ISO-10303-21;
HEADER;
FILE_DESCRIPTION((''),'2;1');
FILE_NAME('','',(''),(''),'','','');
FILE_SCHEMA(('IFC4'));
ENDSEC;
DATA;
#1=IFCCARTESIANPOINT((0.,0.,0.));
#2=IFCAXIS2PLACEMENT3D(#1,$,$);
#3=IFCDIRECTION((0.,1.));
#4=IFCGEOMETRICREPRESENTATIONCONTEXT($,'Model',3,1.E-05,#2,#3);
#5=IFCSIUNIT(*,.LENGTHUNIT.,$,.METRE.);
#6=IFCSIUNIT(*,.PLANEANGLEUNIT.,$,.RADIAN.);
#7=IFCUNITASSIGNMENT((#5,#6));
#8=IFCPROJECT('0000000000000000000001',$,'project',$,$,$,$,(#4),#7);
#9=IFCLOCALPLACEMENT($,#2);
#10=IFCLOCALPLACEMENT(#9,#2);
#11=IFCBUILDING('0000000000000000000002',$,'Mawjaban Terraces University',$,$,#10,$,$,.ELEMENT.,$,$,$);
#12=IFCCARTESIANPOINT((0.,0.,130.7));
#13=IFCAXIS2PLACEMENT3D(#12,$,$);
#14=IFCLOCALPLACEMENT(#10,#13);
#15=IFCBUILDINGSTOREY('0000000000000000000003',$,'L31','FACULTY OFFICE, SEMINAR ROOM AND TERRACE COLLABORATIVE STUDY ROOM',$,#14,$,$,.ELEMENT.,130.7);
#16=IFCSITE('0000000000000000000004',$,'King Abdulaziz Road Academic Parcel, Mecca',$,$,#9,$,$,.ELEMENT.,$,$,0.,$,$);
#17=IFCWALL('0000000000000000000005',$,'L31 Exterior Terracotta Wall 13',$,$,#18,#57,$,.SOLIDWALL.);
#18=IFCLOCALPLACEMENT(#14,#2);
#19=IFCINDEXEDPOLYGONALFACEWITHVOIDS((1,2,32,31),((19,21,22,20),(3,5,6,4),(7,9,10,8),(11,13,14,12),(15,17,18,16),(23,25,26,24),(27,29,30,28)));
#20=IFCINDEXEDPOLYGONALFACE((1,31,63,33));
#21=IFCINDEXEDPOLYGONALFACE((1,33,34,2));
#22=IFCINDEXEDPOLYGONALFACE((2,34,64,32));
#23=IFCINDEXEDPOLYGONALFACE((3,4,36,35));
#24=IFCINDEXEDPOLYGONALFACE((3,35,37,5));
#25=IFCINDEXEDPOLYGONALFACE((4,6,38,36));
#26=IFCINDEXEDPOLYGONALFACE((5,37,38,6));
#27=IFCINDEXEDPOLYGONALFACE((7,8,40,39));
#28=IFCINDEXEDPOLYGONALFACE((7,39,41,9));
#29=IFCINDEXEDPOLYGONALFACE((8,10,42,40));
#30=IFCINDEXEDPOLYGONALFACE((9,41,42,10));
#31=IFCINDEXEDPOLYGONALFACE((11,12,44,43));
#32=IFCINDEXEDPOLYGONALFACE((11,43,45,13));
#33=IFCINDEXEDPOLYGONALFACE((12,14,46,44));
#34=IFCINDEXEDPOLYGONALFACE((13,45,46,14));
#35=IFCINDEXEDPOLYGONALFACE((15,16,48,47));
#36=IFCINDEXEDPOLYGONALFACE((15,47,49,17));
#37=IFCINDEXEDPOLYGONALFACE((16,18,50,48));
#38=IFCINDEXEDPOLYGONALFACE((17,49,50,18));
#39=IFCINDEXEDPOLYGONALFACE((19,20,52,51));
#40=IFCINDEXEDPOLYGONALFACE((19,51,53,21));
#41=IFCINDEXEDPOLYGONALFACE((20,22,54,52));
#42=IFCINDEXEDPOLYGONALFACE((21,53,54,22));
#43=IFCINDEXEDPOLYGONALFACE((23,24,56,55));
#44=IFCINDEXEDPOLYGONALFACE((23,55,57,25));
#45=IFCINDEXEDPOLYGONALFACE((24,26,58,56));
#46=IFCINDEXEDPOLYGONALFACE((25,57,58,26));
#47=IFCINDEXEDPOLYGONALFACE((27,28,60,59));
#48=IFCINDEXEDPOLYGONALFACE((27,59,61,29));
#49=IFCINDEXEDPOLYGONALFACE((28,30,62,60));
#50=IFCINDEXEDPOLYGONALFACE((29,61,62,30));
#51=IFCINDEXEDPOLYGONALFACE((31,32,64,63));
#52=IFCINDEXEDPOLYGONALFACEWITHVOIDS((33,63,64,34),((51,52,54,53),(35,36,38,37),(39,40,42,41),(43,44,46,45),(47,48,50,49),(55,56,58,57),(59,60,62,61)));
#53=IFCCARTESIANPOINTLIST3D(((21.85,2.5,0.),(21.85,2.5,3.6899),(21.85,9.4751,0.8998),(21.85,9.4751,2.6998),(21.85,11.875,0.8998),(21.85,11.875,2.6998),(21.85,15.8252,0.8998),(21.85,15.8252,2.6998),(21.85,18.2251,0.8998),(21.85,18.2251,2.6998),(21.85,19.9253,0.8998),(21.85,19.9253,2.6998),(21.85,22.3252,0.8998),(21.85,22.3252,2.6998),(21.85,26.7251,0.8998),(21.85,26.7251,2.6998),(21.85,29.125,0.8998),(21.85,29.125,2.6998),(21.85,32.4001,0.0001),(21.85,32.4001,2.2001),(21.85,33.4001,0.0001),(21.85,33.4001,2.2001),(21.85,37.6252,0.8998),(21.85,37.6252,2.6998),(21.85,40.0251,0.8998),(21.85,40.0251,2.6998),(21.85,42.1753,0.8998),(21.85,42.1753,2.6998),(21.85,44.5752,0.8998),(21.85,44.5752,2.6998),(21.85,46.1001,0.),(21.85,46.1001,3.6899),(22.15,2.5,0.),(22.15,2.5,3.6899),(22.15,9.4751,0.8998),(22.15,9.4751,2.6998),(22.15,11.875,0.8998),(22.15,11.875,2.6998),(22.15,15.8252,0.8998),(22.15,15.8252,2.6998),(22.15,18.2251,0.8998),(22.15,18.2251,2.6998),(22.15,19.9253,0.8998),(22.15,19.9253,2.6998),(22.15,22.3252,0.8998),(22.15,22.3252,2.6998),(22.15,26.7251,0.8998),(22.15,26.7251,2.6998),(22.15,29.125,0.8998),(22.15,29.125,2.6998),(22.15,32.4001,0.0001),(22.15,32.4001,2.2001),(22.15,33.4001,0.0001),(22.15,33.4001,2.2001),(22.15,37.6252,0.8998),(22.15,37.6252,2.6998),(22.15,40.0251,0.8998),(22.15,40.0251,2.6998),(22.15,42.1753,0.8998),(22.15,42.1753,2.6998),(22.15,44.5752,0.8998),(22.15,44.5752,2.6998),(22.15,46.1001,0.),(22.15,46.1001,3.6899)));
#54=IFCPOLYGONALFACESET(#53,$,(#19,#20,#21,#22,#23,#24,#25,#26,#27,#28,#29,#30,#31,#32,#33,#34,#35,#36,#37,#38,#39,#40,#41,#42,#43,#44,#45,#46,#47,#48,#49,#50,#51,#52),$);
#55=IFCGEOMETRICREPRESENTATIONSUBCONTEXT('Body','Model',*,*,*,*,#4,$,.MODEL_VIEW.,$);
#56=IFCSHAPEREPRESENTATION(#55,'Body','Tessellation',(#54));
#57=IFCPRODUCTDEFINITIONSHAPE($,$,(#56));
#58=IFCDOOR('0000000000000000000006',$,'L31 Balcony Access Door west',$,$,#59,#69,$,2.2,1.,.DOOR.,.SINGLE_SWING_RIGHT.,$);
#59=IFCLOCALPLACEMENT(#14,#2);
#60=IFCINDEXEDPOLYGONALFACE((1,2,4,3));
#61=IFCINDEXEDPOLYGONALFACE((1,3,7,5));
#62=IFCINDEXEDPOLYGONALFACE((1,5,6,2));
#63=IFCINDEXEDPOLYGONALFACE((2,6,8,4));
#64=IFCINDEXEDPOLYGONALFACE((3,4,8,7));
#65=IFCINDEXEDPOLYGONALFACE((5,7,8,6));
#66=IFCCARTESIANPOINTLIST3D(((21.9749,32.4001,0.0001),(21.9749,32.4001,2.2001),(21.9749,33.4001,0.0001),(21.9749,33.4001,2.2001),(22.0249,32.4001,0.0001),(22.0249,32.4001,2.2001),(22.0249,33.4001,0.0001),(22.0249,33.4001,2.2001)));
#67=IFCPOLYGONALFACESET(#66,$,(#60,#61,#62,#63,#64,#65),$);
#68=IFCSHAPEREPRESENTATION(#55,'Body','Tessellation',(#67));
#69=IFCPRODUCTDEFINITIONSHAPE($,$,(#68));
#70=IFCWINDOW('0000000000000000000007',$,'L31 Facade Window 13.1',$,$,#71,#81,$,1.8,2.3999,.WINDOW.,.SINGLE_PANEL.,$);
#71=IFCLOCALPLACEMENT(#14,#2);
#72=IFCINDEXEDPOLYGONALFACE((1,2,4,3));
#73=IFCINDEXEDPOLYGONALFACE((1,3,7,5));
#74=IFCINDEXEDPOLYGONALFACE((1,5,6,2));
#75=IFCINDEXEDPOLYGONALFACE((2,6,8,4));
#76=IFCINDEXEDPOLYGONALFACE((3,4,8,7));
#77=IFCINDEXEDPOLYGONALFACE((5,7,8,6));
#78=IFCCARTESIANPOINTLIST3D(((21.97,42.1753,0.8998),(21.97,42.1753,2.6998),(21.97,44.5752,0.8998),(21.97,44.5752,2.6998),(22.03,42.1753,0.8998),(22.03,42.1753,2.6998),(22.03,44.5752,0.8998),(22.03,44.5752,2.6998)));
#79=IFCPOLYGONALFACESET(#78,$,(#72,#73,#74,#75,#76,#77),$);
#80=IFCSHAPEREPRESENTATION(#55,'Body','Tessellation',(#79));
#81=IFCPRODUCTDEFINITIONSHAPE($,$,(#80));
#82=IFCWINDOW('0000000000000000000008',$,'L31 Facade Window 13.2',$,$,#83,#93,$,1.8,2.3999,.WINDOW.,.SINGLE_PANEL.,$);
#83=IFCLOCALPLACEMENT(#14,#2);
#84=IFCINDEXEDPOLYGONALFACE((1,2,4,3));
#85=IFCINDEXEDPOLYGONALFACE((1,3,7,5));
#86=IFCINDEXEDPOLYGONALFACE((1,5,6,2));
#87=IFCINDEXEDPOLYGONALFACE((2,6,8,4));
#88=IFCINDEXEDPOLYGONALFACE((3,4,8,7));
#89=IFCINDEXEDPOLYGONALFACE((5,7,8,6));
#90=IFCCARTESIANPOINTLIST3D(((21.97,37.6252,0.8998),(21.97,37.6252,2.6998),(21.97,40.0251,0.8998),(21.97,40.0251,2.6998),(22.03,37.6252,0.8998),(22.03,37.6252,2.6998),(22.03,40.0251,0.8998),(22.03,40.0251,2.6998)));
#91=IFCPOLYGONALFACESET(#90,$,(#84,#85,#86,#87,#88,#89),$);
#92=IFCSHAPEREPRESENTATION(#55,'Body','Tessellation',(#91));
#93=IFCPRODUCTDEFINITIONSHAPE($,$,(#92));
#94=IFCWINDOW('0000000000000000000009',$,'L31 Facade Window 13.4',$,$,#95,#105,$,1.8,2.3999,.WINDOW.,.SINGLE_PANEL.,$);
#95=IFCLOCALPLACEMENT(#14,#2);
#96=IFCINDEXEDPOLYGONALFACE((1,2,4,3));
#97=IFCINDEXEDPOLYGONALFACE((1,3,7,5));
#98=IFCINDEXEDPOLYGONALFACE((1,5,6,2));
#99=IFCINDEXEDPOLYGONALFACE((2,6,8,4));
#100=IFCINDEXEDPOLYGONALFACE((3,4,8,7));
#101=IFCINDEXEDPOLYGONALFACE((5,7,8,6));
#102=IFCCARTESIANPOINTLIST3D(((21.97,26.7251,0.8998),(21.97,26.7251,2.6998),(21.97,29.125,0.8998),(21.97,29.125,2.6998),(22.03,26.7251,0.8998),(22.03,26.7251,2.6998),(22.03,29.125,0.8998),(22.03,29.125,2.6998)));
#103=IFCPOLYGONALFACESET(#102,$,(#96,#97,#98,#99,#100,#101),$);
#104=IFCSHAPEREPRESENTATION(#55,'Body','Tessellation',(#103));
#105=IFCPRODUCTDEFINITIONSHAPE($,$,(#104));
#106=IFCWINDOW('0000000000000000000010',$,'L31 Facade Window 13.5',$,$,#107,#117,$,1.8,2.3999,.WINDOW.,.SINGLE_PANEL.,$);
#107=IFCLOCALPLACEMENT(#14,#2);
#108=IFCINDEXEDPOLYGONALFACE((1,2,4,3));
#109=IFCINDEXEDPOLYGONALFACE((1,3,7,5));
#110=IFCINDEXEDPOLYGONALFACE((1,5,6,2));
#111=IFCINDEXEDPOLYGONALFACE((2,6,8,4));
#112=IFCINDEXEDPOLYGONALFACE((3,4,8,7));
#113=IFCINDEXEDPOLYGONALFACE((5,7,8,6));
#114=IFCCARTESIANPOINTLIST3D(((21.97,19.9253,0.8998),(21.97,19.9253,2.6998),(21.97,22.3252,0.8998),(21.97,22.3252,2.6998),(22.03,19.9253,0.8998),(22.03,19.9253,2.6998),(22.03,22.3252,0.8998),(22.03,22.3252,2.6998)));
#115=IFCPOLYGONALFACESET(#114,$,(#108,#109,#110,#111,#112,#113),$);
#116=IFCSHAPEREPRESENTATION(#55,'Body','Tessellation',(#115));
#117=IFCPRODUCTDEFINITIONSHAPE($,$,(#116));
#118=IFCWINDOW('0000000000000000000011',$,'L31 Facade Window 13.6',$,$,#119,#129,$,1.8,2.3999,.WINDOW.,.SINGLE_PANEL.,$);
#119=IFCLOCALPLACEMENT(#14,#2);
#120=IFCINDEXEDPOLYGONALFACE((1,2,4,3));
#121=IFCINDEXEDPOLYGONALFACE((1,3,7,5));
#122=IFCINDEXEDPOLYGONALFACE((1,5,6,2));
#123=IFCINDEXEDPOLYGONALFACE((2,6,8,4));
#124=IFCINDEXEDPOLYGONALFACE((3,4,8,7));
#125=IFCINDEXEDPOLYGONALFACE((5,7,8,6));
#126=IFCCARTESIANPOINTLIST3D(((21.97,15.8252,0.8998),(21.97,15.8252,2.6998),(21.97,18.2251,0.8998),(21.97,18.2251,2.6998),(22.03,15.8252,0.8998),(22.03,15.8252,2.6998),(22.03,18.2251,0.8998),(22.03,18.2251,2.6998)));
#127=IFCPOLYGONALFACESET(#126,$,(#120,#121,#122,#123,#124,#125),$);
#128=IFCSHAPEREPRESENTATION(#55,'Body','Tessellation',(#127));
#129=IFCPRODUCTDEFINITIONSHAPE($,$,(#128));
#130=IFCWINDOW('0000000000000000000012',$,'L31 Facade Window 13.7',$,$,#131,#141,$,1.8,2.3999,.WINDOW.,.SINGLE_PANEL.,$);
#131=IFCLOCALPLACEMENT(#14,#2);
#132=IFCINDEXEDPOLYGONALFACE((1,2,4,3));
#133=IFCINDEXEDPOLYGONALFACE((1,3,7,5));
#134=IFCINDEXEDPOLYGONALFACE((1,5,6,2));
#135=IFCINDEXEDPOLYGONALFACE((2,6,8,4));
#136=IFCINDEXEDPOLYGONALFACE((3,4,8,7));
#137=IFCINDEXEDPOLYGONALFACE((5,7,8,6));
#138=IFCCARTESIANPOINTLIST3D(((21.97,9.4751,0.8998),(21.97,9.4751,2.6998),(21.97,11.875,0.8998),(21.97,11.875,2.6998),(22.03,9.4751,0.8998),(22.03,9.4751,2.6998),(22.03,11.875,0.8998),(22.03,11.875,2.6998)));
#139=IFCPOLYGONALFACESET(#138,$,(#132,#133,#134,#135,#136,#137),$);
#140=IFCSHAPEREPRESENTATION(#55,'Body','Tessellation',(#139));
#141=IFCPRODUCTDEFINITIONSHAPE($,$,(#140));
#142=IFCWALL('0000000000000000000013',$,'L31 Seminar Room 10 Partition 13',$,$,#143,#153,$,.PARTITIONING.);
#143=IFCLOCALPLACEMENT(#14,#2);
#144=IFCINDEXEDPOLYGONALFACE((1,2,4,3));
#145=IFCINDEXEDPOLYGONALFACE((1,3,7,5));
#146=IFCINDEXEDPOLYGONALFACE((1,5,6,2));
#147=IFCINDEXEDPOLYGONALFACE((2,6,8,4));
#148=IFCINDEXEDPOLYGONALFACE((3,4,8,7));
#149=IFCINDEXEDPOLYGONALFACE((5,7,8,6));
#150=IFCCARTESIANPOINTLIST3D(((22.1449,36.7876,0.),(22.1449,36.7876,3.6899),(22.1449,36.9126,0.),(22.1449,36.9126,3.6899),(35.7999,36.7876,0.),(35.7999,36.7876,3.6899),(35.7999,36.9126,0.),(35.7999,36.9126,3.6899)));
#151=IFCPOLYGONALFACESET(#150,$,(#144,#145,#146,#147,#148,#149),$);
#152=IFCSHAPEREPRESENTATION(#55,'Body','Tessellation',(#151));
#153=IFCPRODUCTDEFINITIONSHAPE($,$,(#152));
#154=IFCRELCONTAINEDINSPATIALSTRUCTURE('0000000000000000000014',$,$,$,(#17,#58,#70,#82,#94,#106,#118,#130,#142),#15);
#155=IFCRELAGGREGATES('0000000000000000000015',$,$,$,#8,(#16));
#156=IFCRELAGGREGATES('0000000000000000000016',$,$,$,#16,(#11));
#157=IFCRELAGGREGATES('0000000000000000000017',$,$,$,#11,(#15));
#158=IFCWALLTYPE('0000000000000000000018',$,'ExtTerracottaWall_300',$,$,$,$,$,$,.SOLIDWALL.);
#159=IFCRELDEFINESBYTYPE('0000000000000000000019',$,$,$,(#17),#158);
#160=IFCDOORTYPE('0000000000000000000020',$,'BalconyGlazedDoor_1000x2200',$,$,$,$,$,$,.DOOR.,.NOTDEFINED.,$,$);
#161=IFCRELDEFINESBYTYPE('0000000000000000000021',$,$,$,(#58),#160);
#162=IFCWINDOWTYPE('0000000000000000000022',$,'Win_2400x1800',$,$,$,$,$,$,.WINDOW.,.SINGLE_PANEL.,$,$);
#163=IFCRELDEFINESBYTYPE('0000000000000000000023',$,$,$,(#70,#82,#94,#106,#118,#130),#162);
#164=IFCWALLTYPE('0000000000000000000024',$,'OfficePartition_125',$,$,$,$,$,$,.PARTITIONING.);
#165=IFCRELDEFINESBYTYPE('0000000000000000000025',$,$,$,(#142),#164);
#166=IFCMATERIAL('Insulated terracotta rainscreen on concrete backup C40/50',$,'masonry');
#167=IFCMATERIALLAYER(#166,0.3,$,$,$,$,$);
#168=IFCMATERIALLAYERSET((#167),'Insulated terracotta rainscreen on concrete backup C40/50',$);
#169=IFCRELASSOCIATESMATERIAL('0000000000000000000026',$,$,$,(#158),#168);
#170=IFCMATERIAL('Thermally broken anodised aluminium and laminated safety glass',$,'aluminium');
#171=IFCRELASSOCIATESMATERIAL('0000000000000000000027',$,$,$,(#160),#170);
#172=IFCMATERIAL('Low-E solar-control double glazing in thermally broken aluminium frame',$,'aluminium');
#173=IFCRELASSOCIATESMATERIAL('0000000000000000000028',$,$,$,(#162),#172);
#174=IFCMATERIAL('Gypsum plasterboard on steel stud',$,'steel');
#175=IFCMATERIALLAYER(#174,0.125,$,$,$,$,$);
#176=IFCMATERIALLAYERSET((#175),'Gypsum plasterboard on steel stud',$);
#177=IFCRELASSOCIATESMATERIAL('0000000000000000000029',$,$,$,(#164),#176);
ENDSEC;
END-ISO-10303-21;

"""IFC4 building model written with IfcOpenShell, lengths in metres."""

from ifc_helpers import new_model, si_unit, direction, frame, frame_2d, origin, place, context, subcontext, project, spatial, rectangle, extrude, material, layer, layer_set, type_object, element, fill, save


model = new_model("IFC4")

# Units and contexts
model_context = context("Model", 3, precision=1e-05, world=origin(), true_north=direction((0.0, 1.0)))
body_context = subcontext(model_context, "Body", "Model", "MODEL_VIEW")
ifc_project = project(units=[si_unit("LENGTHUNIT", "METRE"), si_unit("PLANEANGLEUNIT", "RADIAN")], contexts=[model_context])

# Site, building, storey
site_placement = place(None, origin())
site = spatial("IfcSite", under=ifc_project, at=site_placement, Name="King Abdulaziz Road Academic Parcel, Mecca", CompositionType="ELEMENT", RefElevation=0.0)
building_placement = place(site_placement, origin())
building = spatial("IfcBuilding", under=site, at=building_placement, Name="Mawjaban Terraces University", CompositionType="ELEMENT")
storey_placement = place(building_placement, frame((0.0, 0.0, 130.7)))
storey = spatial("IfcBuildingStorey", under=building, at=storey_placement, Name="L31", Description="FACULTY OFFICE, SEMINAR ROOM AND TERRACE COLLABORATIVE STUDY ROOM", CompositionType="ELEMENT", Elevation=130.7)

# Shared definitions
ifc_material_1 = material(Name="Insulated terracotta rainscreen on concrete backup C40/50", Category="masonry")
ifc_layer_1 = layer(ifc_material_1, 0.3)
ifc_layer_set_1 = layer_set([ifc_layer_1], Name="Insulated terracotta rainscreen on concrete backup C40/50")
wall_type_1 = type_object("IfcWallType", Name="ExtTerracottaWall_300", PredefinedType="SOLIDWALL", material=ifc_layer_set_1)
ifc_material_2 = material(Name="Low-E solar-control double glazing in thermally broken aluminium frame", Category="aluminium")

# Wall, openings, door, windows
wall_1_placement = place(storey_placement, frame((22.0, 46.1001, 0.0), z_axis=(0.0, 0.0, 1.0), x_axis=(0.0, -1.0, 0.0)))
wall_1 = element("IfcWall", 1, at=wall_1_placement, inside=storey, type_object=wall_type_1, Name="L31 Exterior Terracotta Wall 13", PredefinedType="SOLIDWALL", context=body_context, shape_type="SweptSolid", body=[
    extrude(rectangle(XDim=43.6001, YDim=0.3, at=frame_2d((21.8, 0.0))), origin(), (0.0, 0.0, 1.0), 3.6899),
])
opening_1_placement = place(wall_1_placement, frame((12.7, 0.0, 0.0)))
opening_1 = element("IfcOpeningElement", 2, at=opening_1_placement, cuts=wall_1, PredefinedType="OPENING", context=body_context, shape_type="SweptSolid", body=[
    extrude(rectangle(XDim=1.0, YDim=2.2, at=frame_2d((0.5, 1.1001))), frame((0.0, 0.1599, 0.0), z_axis=(0.0, -1.0, 0.0), x_axis=(1.0, 0.0, 0.0)), (0.0, 0.0, 1.0), 0.3201),
])
opening_2_placement = place(wall_1_placement, frame((1.5249, 0.0, 0.8999)))
opening_2 = element("IfcOpeningElement", 3, at=opening_2_placement, cuts=wall_1, PredefinedType="OPENING", context=body_context, shape_type="SweptSolid", body=[
    extrude(rectangle(XDim=2.3999, YDim=1.8, at=frame_2d((1.2, 0.8999))), frame((0.0, 0.1599, 0.0), z_axis=(0.0, -1.0, 0.0), x_axis=(1.0, 0.0, 0.0)), (0.0, 0.0, 1.0), 0.3201),
])
opening_3_placement = place(wall_1_placement, frame((6.075, 0.0, 0.8999)))
opening_3 = element("IfcOpeningElement", 4, at=opening_3_placement, cuts=wall_1, PredefinedType="OPENING", context=body_context, shape_type="SweptSolid", body=[
    extrude(rectangle(XDim=2.3999, YDim=1.8, at=frame_2d((1.2, 0.8999))), frame((0.0, 0.1599, 0.0), z_axis=(0.0, -1.0, 0.0), x_axis=(1.0, 0.0, 0.0)), (0.0, 0.0, 1.0), 0.3201),
])
opening_4_placement = place(wall_1_placement, frame((16.9751, 0.0, 0.8999)))
opening_4 = element("IfcOpeningElement", 5, at=opening_4_placement, cuts=wall_1, PredefinedType="OPENING", context=body_context, shape_type="SweptSolid", body=[
    extrude(rectangle(XDim=2.3999, YDim=1.8, at=frame_2d((1.2, 0.8999))), frame((0.0, 0.1599, 0.0), z_axis=(0.0, -1.0, 0.0), x_axis=(1.0, 0.0, 0.0)), (0.0, 0.0, 1.0), 0.3201),
])
opening_5_placement = place(wall_1_placement, frame((23.7749, 0.0, 0.8999)))
opening_5 = element("IfcOpeningElement", 6, at=opening_5_placement, cuts=wall_1, PredefinedType="OPENING", context=body_context, shape_type="SweptSolid", body=[
    extrude(rectangle(XDim=2.3999, YDim=1.8, at=frame_2d((1.2, 0.8999))), frame((0.0, 0.1599, 0.0), z_axis=(0.0, -1.0, 0.0), x_axis=(1.0, 0.0, 0.0)), (0.0, 0.0, 1.0), 0.3201),
])
opening_6_placement = place(wall_1_placement, frame((27.875, 0.0, 0.8999)))
opening_6 = element("IfcOpeningElement", 7, at=opening_6_placement, cuts=wall_1, PredefinedType="OPENING", context=body_context, shape_type="SweptSolid", body=[
    extrude(rectangle(XDim=2.3999, YDim=1.8, at=frame_2d((1.2, 0.8999))), frame((0.0, 0.1599, 0.0), z_axis=(0.0, -1.0, 0.0), x_axis=(1.0, 0.0, 0.0)), (0.0, 0.0, 1.0), 0.3201),
])
opening_7_placement = place(wall_1_placement, frame((34.2251, 0.0, 0.8999)))
opening_7 = element("IfcOpeningElement", 8, at=opening_7_placement, cuts=wall_1, PredefinedType="OPENING", context=body_context, shape_type="SweptSolid", body=[
    extrude(rectangle(XDim=2.3999, YDim=1.8, at=frame_2d((1.2, 0.8999))), frame((0.0, 0.1599, 0.0), z_axis=(0.0, -1.0, 0.0), x_axis=(1.0, 0.0, 0.0)), (0.0, 0.0, 1.0), 0.3201),
])
ifc_material_3 = material(Name="Thermally broken anodised aluminium and laminated safety glass", Category="aluminium")
door_type_1 = type_object("IfcDoorType", Name="BalconyGlazedDoor_1000x2200", OperationType="NOTDEFINED", PredefinedType="DOOR", material=ifc_material_3)
door_1_placement = place(opening_1_placement, origin())
door_1 = element("IfcDoor", 9, at=door_1_placement, inside=storey, type_object=door_type_1, Name="L31 Balcony Access Door west", OperationType="SINGLE_SWING_RIGHT", OverallHeight=2.2, OverallWidth=1.0, PredefinedType="DOOR", context=body_context, shape_type="SweptSolid", body=[
    extrude(rectangle(XDim=1.0, YDim=2.2, at=frame_2d((0.5, 1.1001))), frame((0.0, 0.0249, 0.0), z_axis=(0.0, -1.0, 0.0), x_axis=(1.0, 0.0, 0.0)), (0.0, 0.0, 1.0), 0.05),
])
fill(opening_1, door_1)
window_type_1 = type_object("IfcWindowType", Name="Win_2400x1800", PartitioningType="SINGLE_PANEL", PredefinedType="WINDOW", material=ifc_material_2)
window_1_placement = place(opening_2_placement, origin())
window_1 = element("IfcWindow", 10, at=window_1_placement, inside=storey, type_object=window_type_1, Name="L31 Facade Window 13.1", OverallHeight=1.8, OverallWidth=2.3999, PartitioningType="SINGLE_PANEL", PredefinedType="WINDOW", context=body_context, shape_type="SweptSolid", body=[
    extrude(rectangle(XDim=2.3999, YDim=1.8, at=frame_2d((1.2, 0.8999))), frame((0.0, 0.03, 0.0), z_axis=(0.0, -1.0, 0.0), x_axis=(1.0, 0.0, 0.0)), (0.0, 0.0, 1.0), 0.0601),
])
fill(opening_2, window_1)
window_2_placement = place(opening_3_placement, origin())
window_2 = element("IfcWindow", 11, at=window_2_placement, inside=storey, type_object=window_type_1, Name="L31 Facade Window 13.2", OverallHeight=1.8, OverallWidth=2.3999, PartitioningType="SINGLE_PANEL", PredefinedType="WINDOW", context=body_context, shape_type="SweptSolid", body=[
    extrude(rectangle(XDim=2.3999, YDim=1.8, at=frame_2d((1.2, 0.8999))), frame((0.0, 0.03, 0.0), z_axis=(0.0, -1.0, 0.0), x_axis=(1.0, 0.0, 0.0)), (0.0, 0.0, 1.0), 0.0601),
])
fill(opening_3, window_2)
window_3_placement = place(opening_4_placement, origin())
window_3 = element("IfcWindow", 12, at=window_3_placement, inside=storey, type_object=window_type_1, Name="L31 Facade Window 13.4", OverallHeight=1.8, OverallWidth=2.3999, PartitioningType="SINGLE_PANEL", PredefinedType="WINDOW", context=body_context, shape_type="SweptSolid", body=[
    extrude(rectangle(XDim=2.3999, YDim=1.8, at=frame_2d((1.2, 0.8999))), frame((0.0, 0.03, 0.0), z_axis=(0.0, -1.0, 0.0), x_axis=(1.0, 0.0, 0.0)), (0.0, 0.0, 1.0), 0.0601),
])
fill(opening_4, window_3)
window_4_placement = place(opening_5_placement, origin())
window_4 = element("IfcWindow", 13, at=window_4_placement, inside=storey, type_object=window_type_1, Name="L31 Facade Window 13.5", OverallHeight=1.8, OverallWidth=2.3999, PartitioningType="SINGLE_PANEL", PredefinedType="WINDOW", context=body_context, shape_type="SweptSolid", body=[
    extrude(rectangle(XDim=2.3999, YDim=1.8, at=frame_2d((1.2, 0.8999))), frame((0.0, 0.03, 0.0), z_axis=(0.0, -1.0, 0.0), x_axis=(1.0, 0.0, 0.0)), (0.0, 0.0, 1.0), 0.0601),
])
fill(opening_5, window_4)
window_5_placement = place(opening_6_placement, origin())
window_5 = element("IfcWindow", 14, at=window_5_placement, inside=storey, type_object=window_type_1, Name="L31 Facade Window 13.6", OverallHeight=1.8, OverallWidth=2.3999, PartitioningType="SINGLE_PANEL", PredefinedType="WINDOW", context=body_context, shape_type="SweptSolid", body=[
    extrude(rectangle(XDim=2.3999, YDim=1.8, at=frame_2d((1.2, 0.8999))), frame((0.0, 0.03, 0.0), z_axis=(0.0, -1.0, 0.0), x_axis=(1.0, 0.0, 0.0)), (0.0, 0.0, 1.0), 0.0601),
])
fill(opening_6, window_5)
window_6_placement = place(opening_7_placement, origin())
window_6 = element("IfcWindow", 15, at=window_6_placement, inside=storey, type_object=window_type_1, Name="L31 Facade Window 13.7", OverallHeight=1.8, OverallWidth=2.3999, PartitioningType="SINGLE_PANEL", PredefinedType="WINDOW", context=body_context, shape_type="SweptSolid", body=[
    extrude(rectangle(XDim=2.3999, YDim=1.8, at=frame_2d((1.2, 0.8999))), frame((0.0, 0.03, 0.0), z_axis=(0.0, -1.0, 0.0), x_axis=(1.0, 0.0, 0.0)), (0.0, 0.0, 1.0), 0.0601),
])
fill(opening_7, window_6)

# Wall
ifc_material_4 = material(Name="Gypsum plasterboard on steel stud", Category="steel")
ifc_layer_2 = layer(ifc_material_4, 0.125)
ifc_layer_set_2 = layer_set([ifc_layer_2], Name="Gypsum plasterboard on steel stud")
wall_type_2 = type_object("IfcWallType", Name="OfficePartition_125", PredefinedType="PARTITIONING", material=ifc_layer_set_2)
wall_2_placement = place(storey_placement, frame((35.8, 36.8501, 0.0), z_axis=(0.0, 0.0, 1.0), x_axis=(-1.0, 0.0, 0.0)))
element("IfcWall", 16, at=wall_2_placement, inside=storey, type_object=wall_type_2, Name="L31 Seminar Room 10 Partition 13", PredefinedType="PARTITIONING", context=body_context, shape_type="SweptSolid", body=[
    extrude(rectangle(XDim=13.655, YDim=0.125, at=frame_2d((6.8276, 0.0))), origin(), (0.0, 0.0, 1.0), 3.6899),
])

save(model, "model.ifc")
